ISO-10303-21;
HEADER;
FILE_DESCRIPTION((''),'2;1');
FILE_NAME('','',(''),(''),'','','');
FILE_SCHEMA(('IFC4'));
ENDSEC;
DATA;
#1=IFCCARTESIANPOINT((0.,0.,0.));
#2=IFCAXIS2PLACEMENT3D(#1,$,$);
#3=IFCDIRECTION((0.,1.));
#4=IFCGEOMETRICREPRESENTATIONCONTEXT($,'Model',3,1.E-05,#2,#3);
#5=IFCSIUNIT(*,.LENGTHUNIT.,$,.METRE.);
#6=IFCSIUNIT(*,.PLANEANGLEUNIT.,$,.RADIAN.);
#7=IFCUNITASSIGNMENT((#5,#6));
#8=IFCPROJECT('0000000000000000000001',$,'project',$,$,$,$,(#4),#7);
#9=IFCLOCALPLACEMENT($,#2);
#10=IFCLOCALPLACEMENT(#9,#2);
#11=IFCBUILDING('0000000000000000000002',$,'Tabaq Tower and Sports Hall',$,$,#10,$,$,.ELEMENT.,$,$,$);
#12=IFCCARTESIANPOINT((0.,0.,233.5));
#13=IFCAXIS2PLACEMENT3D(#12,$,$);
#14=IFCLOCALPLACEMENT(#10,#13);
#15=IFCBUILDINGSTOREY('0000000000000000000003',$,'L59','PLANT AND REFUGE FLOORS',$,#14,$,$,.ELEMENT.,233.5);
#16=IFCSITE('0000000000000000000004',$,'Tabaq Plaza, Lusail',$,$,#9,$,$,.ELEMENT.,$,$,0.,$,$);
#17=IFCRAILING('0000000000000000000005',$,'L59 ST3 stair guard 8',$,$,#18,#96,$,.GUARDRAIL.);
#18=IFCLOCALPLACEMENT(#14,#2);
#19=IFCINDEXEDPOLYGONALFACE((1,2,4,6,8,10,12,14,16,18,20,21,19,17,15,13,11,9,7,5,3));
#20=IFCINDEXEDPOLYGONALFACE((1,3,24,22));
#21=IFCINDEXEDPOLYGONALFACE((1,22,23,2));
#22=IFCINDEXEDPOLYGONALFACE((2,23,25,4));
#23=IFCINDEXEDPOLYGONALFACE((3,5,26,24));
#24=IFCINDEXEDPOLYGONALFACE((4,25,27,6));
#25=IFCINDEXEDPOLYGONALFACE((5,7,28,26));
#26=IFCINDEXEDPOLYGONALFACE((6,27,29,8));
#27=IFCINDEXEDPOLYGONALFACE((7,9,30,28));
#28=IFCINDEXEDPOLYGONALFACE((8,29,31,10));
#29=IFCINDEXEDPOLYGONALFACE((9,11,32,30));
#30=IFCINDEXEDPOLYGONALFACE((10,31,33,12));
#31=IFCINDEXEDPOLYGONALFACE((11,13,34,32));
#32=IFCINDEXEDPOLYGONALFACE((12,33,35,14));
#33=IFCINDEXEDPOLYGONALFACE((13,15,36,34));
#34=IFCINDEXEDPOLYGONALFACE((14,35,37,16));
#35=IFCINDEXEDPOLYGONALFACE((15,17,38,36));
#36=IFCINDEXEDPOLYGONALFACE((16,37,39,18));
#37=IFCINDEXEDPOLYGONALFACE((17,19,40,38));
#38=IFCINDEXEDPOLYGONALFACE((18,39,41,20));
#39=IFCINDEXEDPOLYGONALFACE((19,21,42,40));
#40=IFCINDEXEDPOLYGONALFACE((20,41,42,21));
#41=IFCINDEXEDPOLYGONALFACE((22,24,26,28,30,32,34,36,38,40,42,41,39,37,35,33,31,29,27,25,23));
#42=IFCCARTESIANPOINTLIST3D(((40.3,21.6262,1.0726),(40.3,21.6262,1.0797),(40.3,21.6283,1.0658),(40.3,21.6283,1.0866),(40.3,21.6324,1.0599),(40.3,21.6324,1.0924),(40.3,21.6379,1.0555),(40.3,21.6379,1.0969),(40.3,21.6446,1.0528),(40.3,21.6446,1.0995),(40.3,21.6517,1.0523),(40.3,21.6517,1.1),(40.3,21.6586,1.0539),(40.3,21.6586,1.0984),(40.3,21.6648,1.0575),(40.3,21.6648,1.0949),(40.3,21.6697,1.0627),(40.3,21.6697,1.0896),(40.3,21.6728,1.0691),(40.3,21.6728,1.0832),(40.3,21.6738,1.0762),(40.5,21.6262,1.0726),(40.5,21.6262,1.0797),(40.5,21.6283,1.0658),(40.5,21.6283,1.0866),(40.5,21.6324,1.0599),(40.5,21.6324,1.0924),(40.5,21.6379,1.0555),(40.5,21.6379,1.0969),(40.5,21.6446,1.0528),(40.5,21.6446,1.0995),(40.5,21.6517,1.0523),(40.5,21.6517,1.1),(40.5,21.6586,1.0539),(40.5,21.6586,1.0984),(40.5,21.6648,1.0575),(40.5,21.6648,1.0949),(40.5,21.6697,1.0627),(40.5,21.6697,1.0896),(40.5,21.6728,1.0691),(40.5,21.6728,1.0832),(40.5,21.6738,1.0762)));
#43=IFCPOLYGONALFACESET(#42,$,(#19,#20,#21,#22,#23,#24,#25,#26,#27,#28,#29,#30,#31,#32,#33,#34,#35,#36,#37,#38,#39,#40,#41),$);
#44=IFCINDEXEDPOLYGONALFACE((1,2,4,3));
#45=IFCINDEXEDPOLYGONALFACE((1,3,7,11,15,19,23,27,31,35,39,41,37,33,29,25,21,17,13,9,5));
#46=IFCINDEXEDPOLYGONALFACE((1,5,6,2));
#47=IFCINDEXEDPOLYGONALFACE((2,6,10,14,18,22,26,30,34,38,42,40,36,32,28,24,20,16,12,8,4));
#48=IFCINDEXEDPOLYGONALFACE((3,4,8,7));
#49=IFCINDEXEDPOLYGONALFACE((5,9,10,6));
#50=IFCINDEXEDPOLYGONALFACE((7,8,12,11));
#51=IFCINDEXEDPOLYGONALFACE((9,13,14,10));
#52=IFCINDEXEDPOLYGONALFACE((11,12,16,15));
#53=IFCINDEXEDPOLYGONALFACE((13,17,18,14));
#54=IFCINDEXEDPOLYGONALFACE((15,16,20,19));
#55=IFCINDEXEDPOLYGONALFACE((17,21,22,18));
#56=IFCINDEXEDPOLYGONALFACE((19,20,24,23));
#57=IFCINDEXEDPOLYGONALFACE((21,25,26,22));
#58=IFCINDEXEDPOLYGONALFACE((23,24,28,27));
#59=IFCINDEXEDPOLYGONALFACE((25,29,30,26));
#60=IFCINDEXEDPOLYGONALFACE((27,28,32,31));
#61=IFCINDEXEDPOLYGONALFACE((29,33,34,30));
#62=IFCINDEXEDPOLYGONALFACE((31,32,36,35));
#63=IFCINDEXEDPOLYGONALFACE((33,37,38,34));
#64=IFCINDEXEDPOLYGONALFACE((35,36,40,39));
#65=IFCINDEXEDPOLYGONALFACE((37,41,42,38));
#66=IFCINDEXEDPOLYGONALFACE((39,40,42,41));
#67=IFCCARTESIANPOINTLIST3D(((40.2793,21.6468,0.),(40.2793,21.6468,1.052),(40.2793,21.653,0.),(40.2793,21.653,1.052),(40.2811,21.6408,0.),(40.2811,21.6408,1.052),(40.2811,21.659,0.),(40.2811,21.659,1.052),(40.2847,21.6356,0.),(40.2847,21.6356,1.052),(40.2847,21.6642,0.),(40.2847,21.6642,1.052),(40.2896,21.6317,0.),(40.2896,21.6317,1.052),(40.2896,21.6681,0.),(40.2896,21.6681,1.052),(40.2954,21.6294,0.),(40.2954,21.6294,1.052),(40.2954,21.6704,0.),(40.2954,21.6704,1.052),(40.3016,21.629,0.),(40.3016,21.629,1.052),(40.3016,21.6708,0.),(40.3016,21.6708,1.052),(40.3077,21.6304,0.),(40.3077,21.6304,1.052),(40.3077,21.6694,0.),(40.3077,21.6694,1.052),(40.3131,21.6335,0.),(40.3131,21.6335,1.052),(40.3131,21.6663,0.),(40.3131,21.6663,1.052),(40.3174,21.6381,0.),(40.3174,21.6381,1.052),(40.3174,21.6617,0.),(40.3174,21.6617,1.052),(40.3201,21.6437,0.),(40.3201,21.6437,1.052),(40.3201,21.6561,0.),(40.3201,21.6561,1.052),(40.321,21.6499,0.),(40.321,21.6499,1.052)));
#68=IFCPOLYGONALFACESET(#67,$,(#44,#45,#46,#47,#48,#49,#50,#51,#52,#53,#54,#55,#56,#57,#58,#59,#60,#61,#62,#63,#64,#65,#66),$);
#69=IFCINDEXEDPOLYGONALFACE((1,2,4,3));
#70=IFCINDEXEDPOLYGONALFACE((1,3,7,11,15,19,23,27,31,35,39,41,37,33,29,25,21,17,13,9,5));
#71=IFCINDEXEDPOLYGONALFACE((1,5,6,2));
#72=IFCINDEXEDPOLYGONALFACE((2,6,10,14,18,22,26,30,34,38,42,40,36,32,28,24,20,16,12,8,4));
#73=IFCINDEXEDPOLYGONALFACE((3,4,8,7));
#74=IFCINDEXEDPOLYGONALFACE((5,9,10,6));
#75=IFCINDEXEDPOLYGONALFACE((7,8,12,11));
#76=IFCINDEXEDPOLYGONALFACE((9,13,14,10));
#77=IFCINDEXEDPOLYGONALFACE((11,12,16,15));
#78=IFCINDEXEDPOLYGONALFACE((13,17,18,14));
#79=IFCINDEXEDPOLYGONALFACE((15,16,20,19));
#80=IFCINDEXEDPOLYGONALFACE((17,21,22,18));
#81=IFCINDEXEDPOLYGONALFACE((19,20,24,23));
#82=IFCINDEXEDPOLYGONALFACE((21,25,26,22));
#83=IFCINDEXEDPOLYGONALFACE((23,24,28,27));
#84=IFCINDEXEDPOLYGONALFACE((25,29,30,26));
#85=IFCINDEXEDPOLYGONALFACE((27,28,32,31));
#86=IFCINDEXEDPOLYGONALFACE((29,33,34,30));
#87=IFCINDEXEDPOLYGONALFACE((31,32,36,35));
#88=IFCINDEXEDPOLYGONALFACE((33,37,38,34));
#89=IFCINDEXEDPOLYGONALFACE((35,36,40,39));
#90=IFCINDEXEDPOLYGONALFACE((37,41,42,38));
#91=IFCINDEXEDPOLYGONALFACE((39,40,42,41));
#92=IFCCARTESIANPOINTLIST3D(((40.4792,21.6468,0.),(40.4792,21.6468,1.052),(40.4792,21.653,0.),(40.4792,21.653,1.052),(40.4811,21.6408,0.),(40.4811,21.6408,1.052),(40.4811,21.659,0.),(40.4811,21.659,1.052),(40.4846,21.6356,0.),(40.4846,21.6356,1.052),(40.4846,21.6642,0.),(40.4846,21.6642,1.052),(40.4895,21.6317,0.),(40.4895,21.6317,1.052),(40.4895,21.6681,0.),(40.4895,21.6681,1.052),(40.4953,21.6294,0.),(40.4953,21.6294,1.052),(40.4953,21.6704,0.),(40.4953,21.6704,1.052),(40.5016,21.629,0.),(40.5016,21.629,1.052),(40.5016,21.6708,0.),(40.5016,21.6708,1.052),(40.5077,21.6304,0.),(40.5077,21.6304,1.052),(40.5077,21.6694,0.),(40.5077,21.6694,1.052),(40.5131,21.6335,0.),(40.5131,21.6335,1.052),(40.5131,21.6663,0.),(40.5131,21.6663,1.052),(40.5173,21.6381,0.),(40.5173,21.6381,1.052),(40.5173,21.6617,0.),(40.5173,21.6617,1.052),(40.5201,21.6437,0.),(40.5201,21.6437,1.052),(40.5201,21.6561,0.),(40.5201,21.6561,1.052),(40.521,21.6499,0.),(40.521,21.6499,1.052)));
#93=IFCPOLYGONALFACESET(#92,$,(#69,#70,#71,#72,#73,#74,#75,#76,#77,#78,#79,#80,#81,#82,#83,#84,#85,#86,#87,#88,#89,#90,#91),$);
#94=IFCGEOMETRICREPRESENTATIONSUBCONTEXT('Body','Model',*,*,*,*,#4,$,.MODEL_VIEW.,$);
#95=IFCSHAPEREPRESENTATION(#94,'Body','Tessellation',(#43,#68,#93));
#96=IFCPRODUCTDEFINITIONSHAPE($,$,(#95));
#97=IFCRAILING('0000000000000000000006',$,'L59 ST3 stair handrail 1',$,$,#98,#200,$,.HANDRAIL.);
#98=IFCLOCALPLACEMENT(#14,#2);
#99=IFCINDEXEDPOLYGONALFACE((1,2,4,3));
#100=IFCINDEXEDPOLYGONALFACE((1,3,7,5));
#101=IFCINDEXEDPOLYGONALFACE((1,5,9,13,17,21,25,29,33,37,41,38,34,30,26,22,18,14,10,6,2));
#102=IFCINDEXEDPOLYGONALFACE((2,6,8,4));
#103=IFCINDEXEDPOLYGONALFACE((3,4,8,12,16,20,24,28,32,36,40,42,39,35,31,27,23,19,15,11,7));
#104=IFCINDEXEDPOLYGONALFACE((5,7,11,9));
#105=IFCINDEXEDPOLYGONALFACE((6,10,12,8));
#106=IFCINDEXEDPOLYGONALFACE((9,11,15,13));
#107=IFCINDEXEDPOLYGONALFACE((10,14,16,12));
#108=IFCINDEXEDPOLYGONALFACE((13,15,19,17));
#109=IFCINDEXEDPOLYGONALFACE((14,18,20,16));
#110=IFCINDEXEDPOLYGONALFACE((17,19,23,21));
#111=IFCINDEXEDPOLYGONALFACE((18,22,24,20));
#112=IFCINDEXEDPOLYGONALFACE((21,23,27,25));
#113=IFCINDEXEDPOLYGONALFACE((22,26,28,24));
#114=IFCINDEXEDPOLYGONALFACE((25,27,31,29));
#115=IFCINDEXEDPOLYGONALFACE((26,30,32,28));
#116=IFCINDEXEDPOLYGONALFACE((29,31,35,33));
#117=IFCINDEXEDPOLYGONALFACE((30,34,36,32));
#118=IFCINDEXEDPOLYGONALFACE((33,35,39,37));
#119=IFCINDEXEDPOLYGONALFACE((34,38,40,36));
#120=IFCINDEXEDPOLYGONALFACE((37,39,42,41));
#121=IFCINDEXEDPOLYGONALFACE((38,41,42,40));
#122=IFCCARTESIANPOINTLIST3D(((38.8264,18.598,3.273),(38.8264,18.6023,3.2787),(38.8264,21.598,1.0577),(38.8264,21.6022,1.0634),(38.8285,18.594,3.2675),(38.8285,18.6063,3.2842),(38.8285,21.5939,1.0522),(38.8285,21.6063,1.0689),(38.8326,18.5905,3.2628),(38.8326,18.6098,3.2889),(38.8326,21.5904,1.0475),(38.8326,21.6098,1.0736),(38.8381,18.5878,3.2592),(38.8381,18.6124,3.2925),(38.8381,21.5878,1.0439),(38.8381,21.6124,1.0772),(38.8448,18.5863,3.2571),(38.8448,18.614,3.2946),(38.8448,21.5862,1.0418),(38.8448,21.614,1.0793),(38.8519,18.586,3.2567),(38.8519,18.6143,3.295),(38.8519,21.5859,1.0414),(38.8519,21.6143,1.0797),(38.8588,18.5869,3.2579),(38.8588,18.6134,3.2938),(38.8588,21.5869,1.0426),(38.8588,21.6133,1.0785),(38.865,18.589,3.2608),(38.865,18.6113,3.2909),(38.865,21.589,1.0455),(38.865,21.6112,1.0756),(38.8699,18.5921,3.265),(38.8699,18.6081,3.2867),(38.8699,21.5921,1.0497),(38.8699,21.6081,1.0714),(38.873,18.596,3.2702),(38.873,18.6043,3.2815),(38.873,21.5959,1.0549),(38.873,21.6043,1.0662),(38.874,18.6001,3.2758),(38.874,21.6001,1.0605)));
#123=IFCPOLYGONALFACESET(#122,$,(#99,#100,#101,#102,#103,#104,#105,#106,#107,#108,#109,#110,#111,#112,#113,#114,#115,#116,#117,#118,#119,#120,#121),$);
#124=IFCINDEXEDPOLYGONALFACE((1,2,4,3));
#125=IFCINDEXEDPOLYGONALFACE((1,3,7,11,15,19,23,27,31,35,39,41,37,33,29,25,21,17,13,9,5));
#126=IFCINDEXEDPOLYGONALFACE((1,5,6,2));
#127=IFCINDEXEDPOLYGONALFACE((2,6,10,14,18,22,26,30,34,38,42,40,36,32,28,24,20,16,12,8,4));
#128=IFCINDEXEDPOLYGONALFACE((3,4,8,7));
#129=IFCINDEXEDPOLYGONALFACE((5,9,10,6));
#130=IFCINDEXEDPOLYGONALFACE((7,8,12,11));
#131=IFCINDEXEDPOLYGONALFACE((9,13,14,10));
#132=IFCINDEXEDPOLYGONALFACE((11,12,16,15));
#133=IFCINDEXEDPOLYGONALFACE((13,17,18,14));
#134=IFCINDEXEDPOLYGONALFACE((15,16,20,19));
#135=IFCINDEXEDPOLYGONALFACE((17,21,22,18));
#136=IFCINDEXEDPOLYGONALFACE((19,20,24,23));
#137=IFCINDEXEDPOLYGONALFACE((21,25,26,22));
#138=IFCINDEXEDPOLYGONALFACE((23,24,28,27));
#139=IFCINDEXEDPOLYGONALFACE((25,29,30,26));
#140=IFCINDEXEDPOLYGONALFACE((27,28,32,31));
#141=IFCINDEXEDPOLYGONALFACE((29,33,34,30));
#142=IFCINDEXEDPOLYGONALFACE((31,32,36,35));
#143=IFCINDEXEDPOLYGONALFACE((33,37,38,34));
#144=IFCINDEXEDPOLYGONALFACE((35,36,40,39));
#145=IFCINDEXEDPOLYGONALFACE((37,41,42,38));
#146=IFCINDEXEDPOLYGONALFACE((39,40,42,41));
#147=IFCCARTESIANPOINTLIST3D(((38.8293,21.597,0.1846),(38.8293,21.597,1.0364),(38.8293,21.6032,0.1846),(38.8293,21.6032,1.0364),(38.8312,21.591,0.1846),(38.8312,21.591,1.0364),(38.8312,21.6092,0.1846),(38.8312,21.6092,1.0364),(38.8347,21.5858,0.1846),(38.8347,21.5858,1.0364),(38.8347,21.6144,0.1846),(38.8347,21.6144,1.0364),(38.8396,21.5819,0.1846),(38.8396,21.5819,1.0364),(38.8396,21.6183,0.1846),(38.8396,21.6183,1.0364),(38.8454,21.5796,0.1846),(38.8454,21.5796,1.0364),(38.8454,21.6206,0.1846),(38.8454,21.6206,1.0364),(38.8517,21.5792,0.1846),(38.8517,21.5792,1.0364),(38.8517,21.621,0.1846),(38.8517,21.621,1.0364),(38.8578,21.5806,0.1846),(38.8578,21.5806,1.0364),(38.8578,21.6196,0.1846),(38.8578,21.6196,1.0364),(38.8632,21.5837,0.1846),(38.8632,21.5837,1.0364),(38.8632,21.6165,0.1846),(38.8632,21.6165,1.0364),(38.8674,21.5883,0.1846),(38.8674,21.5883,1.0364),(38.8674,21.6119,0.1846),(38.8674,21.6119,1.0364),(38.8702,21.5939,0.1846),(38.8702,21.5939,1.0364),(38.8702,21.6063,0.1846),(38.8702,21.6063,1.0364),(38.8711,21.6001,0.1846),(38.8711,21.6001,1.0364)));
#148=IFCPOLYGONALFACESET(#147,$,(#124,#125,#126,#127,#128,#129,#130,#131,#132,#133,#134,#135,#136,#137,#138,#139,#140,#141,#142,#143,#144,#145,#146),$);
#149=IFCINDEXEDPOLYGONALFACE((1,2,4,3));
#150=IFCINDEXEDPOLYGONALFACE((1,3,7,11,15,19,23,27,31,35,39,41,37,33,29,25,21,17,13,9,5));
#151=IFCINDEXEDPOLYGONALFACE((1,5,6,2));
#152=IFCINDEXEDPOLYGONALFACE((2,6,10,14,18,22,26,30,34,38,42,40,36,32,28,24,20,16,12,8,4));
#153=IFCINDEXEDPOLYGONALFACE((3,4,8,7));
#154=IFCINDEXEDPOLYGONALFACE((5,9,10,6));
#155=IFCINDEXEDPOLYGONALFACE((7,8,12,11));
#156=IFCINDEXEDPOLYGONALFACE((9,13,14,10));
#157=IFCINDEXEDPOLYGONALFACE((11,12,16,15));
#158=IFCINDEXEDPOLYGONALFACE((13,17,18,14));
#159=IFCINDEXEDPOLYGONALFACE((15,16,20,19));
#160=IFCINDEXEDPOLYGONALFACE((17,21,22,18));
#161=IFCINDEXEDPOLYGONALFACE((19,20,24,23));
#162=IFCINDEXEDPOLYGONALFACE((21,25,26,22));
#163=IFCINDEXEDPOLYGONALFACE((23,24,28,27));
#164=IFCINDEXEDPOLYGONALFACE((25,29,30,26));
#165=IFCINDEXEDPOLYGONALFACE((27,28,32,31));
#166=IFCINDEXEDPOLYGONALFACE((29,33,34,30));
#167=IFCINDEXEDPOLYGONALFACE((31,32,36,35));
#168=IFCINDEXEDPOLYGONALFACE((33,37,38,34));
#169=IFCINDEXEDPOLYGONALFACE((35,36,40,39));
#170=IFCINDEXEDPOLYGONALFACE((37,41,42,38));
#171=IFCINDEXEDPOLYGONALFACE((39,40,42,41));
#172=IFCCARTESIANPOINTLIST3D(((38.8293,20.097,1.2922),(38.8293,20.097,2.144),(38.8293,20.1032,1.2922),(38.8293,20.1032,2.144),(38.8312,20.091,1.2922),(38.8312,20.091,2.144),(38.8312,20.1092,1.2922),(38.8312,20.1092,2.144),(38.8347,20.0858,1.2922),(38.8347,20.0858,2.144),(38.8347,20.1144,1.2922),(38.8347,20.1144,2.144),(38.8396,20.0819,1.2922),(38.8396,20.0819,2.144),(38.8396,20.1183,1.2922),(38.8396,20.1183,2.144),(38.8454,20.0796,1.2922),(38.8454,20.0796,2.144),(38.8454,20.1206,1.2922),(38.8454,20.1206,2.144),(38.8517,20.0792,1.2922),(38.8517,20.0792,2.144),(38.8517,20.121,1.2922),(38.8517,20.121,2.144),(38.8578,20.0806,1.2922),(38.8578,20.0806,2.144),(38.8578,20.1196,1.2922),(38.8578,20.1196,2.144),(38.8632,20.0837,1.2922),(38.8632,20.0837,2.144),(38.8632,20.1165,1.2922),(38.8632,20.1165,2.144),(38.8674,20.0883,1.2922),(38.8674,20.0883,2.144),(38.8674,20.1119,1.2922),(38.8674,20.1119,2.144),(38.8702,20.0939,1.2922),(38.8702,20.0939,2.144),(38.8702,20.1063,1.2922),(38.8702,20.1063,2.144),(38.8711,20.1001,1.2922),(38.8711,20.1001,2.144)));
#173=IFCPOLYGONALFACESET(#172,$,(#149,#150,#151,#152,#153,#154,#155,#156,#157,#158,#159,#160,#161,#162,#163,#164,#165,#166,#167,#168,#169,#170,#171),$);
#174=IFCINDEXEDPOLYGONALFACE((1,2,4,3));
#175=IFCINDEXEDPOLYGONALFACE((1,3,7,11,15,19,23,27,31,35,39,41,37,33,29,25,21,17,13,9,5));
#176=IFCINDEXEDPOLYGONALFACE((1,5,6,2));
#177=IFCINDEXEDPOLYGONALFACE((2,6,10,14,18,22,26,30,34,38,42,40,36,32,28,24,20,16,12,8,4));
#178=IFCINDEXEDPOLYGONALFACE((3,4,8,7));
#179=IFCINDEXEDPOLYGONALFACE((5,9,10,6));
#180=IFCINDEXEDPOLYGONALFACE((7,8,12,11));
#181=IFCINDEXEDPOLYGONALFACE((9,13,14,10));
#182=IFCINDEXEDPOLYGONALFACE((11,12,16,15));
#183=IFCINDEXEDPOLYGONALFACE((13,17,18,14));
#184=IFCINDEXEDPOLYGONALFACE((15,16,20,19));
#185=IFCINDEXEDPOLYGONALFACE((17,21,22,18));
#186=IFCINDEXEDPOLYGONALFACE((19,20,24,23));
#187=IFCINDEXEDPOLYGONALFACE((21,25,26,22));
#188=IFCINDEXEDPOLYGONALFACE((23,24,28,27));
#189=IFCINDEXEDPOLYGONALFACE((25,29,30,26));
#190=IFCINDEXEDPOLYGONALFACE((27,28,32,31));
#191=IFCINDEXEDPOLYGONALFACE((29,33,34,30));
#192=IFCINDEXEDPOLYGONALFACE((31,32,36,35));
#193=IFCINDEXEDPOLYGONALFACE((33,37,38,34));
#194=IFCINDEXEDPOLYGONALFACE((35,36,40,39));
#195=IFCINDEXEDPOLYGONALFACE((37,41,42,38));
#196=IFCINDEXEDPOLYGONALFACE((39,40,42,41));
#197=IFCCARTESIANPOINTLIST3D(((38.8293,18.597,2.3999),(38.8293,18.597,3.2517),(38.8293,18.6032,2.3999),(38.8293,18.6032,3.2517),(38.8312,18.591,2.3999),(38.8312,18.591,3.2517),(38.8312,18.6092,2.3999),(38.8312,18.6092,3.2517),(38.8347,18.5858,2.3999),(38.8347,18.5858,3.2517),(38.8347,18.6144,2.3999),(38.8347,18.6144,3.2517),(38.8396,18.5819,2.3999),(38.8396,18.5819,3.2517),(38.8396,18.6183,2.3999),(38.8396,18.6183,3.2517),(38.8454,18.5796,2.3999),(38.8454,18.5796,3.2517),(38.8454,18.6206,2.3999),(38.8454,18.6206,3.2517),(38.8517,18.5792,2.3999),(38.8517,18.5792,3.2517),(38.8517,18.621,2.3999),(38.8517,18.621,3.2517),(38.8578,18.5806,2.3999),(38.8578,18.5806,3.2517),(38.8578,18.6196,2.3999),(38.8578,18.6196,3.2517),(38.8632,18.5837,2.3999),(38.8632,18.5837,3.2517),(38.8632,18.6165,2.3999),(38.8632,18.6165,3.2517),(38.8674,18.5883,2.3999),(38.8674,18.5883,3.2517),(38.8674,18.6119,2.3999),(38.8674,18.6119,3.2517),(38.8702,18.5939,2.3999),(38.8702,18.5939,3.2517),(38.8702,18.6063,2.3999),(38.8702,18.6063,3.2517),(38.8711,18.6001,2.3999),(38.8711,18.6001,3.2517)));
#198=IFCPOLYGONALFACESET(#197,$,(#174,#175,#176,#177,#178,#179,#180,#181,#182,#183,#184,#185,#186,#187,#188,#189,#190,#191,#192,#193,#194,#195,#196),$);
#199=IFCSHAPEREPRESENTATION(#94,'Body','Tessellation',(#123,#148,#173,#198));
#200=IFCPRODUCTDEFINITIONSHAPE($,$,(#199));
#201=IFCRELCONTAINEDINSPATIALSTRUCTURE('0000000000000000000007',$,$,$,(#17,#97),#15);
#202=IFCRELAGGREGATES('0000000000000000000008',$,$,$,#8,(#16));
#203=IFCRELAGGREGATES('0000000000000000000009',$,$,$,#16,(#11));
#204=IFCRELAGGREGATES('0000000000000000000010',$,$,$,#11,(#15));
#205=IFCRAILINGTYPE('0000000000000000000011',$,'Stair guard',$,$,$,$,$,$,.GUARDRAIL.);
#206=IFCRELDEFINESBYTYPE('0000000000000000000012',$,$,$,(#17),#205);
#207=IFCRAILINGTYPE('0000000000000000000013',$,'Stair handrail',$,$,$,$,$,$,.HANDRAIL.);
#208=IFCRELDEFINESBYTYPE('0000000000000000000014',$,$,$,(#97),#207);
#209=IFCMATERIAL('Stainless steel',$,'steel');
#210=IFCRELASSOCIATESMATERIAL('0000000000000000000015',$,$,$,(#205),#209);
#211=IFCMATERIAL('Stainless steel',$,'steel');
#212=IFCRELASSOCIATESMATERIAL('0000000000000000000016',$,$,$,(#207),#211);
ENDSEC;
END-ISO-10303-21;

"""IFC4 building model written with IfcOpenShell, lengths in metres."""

from ifc_helpers import new_model, si_unit, direction, frame, origin, origin_2d, place, context, subcontext, project, spatial, circle, extrude, material, type_object, element, save


model = new_model("IFC4")

# Units and contexts
model_context = context("Model", 3, precision=1e-05, world=origin(), true_north=direction((0.0, 1.0)))
body_context = subcontext(model_context, "Body", "Model", "MODEL_VIEW")
ifc_project = project(units=[si_unit("LENGTHUNIT", "METRE"), si_unit("PLANEANGLEUNIT", "RADIAN")], contexts=[model_context])

# Site, building, storey
site_placement = place(None, origin())
site = spatial("IfcSite", under=ifc_project, at=site_placement, Name="Tabaq Plaza, Lusail", CompositionType="ELEMENT", RefElevation=0.0)
building_placement = place(site_placement, origin())
building = spatial("IfcBuilding", under=site, at=building_placement, Name="Tabaq Tower and Sports Hall", CompositionType="ELEMENT")
storey_placement = place(building_placement, frame((0.0, 0.0, 233.5)))
storey = spatial("IfcBuildingStorey", under=building, at=storey_placement, Name="L59", Description="PLANT AND REFUGE FLOORS", CompositionType="ELEMENT", Elevation=233.5)

# Railings
ifc_material_1 = material(Name="Stainless steel", Category="steel")
railing_type_1 = type_object("IfcRailingType", Name="Stair guard", PredefinedType="GUARDRAIL", material=ifc_material_1)
railing_1_placement = place(storey_placement, frame((40.3, 21.6499, 0.0)))
element("IfcRailing", 1, at=railing_1_placement, inside=storey, type_object=railing_type_1, Name="L59 ST3 stair guard 8", PredefinedType="GUARDRAIL", context=body_context, shape_type="SweptSolid", body=[
    extrude(circle(Radius=0.0239, at=origin_2d()), frame((0.0, 0.0, 1.0762), z_axis=(1.0, 0.0, 0.0), x_axis=(0.0, 1.0, 0.0)), (0.0, 0.0, 1.0), 0.2),
    extrude(circle(Radius=0.021, at=origin_2d()), origin(), (0.0, 0.0, 1.0), 1.052),
    extrude(circle(Radius=0.021, at=origin_2d()), frame((0.2, 0.0, 0.0)), (0.0, 0.0, 1.0), 1.052),
])
ifc_material_2 = material(Name="Stainless steel", Category="steel")
railing_type_2 = type_object("IfcRailingType", Name="Stair handrail", PredefinedType="HANDRAIL", material=ifc_material_2)
railing_2_placement = place(storey_placement, frame((38.8501, 21.6001, 0.1846)))
element("IfcRailing", 2, at=railing_2_placement, inside=storey, type_object=railing_type_2, Name="L59 ST3 stair handrail 1", PredefinedType="HANDRAIL", context=body_context, shape_type="SweptSolid", body=[
    extrude(circle(Radius=0.0239, at=origin_2d()), frame((0.0, 0.0, 0.876), z_axis=(0.0, -0.80444, 0.594034), x_axis=(1.0, 0.0, 0.0)), (0.0, 0.0, 1.0), 3.7292),
    extrude(circle(Radius=0.021, at=origin_2d()), origin(), (0.0, 0.0, 1.0), 0.8518),
    extrude(circle(Radius=0.021, at=origin_2d()), frame((0.0, -1.5, 1.1077)), (0.0, 0.0, 1.0), 0.8518),
    extrude(circle(Radius=0.021, at=origin_2d()), frame((0.0, -3.0, 2.2153)), (0.0, 0.0, 1.0), 0.8518),
])

save(model, "model.ifc")
